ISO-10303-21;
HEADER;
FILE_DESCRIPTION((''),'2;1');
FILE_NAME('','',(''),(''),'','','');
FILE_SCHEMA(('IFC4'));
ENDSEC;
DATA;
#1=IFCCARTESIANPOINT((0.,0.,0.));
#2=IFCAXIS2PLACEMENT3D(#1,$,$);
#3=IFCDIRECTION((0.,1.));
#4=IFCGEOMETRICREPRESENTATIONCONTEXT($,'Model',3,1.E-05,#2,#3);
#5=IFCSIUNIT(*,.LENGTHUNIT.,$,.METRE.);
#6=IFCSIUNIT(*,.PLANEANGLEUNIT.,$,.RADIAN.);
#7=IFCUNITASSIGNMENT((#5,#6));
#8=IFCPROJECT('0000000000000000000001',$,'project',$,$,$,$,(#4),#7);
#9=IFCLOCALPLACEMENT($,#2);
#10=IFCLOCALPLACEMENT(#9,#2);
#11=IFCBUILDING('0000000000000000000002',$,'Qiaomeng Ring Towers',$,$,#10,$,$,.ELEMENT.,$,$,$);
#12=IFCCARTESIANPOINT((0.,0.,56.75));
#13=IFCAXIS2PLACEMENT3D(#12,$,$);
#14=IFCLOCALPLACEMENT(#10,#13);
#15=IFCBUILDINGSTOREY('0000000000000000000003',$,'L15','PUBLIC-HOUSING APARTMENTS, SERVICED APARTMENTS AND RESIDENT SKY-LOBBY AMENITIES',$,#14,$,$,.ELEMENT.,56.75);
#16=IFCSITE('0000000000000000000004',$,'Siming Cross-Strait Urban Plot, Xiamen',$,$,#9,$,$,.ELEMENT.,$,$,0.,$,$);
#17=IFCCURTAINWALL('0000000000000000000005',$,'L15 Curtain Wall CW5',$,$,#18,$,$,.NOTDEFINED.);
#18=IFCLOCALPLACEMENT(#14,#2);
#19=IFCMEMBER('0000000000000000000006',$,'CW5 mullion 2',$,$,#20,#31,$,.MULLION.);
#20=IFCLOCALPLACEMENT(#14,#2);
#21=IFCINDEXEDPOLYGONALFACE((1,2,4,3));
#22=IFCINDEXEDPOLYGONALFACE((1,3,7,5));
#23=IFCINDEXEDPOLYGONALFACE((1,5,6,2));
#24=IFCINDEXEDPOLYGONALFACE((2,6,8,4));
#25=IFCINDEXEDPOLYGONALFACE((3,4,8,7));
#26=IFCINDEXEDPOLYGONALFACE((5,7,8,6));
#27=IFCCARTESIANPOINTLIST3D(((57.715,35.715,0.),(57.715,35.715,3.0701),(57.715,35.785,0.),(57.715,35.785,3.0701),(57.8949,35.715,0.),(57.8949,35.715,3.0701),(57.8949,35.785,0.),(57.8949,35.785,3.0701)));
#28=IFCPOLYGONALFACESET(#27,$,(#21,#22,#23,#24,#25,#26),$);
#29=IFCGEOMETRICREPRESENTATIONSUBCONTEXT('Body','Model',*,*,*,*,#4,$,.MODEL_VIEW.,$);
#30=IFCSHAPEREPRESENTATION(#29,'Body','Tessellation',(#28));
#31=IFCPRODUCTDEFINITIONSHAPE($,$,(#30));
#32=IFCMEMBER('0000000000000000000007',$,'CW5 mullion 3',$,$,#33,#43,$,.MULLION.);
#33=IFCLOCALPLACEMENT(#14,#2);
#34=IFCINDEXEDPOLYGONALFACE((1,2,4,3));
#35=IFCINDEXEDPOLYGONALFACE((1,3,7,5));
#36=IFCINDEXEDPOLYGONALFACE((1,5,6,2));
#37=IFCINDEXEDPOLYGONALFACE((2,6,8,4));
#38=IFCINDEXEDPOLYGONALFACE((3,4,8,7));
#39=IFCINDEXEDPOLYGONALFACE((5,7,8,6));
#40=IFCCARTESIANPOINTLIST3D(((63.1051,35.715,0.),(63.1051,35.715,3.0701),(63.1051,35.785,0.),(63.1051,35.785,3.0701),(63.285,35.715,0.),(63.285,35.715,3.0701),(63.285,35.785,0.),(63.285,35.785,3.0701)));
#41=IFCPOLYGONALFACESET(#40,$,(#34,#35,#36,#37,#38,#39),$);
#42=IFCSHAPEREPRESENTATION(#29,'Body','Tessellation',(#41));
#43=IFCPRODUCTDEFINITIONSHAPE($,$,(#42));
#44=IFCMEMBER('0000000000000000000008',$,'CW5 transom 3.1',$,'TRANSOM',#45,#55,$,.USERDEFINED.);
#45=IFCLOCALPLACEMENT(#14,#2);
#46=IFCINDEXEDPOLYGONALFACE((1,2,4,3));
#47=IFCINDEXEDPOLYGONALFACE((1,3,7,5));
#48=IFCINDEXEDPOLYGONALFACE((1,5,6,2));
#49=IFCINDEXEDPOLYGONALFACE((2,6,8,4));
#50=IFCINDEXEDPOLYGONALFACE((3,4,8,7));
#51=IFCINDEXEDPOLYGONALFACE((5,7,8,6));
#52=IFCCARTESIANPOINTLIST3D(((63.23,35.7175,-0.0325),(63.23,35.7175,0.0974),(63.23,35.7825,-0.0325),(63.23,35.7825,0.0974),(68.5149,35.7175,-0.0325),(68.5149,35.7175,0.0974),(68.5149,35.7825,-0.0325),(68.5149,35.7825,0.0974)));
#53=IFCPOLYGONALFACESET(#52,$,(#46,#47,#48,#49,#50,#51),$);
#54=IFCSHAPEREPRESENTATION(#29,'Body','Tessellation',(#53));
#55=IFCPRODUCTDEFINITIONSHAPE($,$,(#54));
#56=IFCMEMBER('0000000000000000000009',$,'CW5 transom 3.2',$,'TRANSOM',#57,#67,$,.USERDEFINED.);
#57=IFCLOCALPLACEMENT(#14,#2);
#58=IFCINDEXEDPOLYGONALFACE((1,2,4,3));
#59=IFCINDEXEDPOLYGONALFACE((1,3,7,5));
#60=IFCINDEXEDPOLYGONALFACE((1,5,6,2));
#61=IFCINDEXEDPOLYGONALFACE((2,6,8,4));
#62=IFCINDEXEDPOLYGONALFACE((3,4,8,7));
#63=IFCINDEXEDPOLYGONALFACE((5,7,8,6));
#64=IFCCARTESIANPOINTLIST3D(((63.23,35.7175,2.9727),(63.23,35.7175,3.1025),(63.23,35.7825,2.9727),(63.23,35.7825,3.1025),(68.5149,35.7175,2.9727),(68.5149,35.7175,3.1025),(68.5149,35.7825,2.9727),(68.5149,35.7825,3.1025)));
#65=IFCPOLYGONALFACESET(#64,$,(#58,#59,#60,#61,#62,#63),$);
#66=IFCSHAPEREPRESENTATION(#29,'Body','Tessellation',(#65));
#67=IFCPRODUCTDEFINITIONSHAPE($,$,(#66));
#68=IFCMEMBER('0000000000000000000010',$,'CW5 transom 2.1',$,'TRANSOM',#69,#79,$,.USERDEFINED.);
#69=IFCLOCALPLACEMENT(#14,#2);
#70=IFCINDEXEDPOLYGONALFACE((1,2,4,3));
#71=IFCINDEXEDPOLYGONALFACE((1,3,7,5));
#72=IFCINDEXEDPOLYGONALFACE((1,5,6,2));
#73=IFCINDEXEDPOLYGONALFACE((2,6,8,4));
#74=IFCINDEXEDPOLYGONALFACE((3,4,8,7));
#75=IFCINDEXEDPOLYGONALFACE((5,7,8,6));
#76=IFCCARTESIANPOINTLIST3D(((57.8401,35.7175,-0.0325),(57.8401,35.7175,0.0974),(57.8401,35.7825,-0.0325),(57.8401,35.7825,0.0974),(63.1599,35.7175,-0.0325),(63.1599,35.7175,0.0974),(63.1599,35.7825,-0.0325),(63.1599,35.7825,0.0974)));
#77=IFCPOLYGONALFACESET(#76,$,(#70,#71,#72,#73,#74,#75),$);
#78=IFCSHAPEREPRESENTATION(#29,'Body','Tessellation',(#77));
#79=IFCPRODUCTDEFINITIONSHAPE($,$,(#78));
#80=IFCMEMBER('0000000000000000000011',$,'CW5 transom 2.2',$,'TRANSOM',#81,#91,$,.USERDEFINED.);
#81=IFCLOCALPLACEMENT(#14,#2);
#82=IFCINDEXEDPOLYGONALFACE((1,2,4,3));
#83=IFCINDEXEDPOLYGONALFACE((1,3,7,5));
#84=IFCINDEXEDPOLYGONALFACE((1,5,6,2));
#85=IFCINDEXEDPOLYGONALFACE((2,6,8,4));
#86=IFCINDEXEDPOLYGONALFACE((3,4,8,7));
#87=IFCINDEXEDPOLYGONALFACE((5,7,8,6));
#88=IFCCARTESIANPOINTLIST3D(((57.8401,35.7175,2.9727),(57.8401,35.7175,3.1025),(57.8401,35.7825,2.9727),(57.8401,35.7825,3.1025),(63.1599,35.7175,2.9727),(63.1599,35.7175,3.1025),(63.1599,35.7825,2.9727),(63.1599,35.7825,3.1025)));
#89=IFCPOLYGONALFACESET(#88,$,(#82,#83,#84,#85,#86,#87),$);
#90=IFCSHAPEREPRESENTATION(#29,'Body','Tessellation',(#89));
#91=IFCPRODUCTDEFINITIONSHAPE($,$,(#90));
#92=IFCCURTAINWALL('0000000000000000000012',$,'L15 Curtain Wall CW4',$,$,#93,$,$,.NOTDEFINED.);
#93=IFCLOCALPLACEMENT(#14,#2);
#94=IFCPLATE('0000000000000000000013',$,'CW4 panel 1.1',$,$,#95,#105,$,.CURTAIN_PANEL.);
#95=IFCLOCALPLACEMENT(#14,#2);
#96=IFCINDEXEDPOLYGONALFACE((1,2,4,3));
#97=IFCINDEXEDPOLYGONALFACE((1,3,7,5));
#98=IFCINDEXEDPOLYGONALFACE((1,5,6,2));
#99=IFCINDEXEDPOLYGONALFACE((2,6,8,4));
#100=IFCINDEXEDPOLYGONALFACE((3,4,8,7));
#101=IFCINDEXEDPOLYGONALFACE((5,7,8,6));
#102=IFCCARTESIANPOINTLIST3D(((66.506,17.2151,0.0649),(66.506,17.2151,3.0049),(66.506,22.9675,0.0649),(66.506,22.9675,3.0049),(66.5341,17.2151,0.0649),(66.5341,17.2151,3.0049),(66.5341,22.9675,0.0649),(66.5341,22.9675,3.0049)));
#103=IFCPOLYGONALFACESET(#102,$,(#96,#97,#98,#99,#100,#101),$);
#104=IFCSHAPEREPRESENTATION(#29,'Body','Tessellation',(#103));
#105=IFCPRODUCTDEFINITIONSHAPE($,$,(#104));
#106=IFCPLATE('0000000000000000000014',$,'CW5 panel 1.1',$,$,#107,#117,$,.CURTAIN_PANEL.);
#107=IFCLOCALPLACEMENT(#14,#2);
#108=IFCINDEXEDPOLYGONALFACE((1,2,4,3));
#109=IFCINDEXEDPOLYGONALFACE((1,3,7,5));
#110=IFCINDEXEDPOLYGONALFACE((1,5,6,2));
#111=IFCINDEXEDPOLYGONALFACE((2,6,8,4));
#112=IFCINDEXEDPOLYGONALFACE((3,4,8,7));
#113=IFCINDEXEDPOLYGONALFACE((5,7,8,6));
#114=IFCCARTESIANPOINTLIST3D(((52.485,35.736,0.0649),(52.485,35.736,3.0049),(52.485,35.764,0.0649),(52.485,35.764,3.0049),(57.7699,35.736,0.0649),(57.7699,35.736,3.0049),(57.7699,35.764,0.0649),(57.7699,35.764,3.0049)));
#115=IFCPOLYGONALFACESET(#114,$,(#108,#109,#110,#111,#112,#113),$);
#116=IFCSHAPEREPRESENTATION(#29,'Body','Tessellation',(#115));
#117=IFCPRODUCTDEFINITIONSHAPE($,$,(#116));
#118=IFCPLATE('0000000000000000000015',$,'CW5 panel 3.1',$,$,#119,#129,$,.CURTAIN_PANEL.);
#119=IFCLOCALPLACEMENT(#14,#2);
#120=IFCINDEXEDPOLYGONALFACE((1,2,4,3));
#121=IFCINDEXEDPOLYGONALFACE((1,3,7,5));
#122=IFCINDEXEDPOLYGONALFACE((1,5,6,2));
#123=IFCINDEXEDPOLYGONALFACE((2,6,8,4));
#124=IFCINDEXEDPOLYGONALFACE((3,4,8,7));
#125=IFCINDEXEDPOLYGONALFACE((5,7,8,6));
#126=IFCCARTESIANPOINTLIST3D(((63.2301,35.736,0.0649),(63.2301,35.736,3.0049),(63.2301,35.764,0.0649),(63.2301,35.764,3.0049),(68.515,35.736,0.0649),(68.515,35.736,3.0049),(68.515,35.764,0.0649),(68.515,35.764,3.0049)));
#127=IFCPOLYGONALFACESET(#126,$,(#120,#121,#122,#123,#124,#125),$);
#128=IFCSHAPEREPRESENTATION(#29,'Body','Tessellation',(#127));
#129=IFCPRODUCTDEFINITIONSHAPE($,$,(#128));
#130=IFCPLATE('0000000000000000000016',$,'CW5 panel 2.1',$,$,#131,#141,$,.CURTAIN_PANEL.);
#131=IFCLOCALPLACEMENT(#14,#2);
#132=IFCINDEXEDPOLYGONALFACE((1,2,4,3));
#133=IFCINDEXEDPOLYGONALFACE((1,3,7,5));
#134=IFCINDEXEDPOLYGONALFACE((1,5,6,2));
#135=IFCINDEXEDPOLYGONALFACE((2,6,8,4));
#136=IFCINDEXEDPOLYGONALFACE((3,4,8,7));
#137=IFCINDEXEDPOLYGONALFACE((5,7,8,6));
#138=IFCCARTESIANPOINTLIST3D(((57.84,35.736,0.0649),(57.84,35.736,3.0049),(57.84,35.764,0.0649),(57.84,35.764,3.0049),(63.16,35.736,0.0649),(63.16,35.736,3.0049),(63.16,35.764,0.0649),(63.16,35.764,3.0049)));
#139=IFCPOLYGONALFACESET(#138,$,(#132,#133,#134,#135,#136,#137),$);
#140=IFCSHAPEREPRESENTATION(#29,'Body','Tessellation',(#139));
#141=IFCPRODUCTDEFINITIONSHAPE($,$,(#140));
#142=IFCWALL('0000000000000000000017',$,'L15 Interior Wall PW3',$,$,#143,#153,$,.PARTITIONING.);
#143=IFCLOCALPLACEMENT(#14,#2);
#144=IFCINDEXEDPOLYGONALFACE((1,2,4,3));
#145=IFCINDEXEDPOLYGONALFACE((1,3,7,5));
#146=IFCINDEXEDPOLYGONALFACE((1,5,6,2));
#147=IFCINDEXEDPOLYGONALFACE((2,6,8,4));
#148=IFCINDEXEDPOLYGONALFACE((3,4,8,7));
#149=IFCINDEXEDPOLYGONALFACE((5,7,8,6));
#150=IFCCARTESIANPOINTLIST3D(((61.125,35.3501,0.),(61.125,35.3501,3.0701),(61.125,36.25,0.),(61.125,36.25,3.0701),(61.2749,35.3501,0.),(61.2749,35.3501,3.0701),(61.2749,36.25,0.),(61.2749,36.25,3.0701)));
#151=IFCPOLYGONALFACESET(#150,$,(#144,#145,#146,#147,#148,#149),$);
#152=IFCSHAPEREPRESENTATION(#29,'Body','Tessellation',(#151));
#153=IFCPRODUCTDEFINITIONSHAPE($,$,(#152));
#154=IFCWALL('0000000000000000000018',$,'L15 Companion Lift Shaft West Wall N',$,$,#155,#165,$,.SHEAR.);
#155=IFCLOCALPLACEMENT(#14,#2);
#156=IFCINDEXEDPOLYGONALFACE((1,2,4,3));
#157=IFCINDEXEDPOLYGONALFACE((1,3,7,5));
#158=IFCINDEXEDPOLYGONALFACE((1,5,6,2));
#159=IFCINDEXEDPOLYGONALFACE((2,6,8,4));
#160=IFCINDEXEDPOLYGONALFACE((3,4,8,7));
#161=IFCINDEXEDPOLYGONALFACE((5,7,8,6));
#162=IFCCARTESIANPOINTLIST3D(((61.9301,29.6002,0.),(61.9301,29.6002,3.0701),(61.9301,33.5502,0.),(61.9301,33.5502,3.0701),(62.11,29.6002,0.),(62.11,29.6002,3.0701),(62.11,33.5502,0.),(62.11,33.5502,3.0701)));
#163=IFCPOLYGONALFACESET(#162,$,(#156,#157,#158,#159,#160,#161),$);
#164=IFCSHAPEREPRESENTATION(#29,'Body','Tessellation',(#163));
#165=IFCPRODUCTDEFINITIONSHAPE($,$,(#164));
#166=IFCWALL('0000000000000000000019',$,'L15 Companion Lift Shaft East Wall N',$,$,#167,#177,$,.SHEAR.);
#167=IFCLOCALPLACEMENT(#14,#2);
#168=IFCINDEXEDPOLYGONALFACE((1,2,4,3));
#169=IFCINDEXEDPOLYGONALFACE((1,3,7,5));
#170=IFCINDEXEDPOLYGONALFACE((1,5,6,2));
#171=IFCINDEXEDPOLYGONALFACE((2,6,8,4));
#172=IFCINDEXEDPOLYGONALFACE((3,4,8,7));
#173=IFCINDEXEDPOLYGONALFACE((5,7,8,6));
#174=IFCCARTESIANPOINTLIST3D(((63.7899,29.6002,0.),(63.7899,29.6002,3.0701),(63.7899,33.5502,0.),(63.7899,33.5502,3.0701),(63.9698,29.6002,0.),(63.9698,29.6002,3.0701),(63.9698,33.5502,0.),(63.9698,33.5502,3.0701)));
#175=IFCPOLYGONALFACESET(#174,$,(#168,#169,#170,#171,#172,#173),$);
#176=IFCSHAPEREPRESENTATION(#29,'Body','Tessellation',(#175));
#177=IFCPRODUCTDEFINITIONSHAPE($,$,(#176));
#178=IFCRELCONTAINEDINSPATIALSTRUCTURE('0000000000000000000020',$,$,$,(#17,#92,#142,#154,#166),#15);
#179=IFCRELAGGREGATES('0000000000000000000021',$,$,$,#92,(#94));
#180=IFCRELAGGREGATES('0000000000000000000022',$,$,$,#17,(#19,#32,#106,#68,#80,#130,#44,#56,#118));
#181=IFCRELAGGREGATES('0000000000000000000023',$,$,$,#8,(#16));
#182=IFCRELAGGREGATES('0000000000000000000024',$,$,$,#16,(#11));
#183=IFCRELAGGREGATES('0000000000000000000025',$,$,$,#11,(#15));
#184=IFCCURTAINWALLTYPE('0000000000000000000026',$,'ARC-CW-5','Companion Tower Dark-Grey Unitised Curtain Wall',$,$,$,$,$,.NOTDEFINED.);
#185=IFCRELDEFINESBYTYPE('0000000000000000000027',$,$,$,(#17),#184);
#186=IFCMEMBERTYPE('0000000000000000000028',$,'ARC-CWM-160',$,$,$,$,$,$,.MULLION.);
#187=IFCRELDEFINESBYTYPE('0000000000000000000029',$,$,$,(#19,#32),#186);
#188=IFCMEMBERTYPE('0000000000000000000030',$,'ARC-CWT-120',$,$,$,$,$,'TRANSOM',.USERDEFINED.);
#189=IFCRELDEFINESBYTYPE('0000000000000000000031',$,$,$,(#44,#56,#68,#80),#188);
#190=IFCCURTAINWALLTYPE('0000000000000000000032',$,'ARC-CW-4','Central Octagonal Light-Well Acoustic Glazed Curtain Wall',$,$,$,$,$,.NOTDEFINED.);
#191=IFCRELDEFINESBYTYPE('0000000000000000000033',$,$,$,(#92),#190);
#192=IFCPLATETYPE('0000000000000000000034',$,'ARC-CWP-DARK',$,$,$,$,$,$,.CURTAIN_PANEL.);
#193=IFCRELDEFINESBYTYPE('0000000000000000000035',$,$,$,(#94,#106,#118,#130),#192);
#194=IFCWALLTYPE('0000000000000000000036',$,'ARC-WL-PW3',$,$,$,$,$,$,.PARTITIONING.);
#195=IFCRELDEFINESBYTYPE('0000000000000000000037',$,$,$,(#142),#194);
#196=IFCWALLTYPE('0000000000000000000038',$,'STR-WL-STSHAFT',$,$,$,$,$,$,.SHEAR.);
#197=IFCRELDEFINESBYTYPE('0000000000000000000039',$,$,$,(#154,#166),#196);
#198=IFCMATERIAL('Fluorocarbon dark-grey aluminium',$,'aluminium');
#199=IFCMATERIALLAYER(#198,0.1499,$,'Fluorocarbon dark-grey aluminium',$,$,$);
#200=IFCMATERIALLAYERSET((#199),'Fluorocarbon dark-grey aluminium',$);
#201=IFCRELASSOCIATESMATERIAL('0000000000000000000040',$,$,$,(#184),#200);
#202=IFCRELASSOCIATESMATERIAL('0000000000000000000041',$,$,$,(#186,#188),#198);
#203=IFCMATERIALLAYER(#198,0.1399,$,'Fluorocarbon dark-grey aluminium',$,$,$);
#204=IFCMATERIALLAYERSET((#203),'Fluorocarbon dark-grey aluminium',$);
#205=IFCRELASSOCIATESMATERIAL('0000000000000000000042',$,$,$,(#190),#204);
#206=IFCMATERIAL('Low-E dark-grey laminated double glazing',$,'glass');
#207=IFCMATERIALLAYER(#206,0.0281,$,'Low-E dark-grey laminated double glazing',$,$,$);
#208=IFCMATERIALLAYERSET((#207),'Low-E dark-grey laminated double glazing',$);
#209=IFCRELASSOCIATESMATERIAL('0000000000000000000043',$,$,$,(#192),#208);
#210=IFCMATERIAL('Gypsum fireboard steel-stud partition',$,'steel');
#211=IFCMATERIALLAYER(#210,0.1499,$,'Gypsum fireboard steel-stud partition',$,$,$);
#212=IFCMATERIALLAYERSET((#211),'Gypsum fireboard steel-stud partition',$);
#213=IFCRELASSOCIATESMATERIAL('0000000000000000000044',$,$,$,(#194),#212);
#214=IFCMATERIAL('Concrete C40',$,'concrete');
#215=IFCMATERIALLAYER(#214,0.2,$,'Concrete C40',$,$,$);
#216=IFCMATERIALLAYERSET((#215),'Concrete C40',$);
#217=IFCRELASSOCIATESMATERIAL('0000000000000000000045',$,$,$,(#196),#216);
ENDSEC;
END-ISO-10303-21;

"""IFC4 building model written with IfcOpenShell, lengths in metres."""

from ifc_helpers import new_model, si_unit, direction, frame, frame_2d, origin, origin_2d, place, context, subcontext, project, spatial, rectangle, extrude, source, transform, mapped, material, layer, layer_set, material_profile, profile_set, type_object, element, aggregate, save


model = new_model("IFC4")

# Units and contexts
model_context = context("Model", 3, precision=1e-05, world=origin(), true_north=direction((0.0, 1.0)))
body_context = subcontext(model_context, "Body", "Model", "MODEL_VIEW")
ifc_project = project(units=[si_unit("LENGTHUNIT", "METRE"), si_unit("PLANEANGLEUNIT", "RADIAN")], contexts=[model_context])

# Site, building, storey
site_placement = place(None, origin())
site = spatial("IfcSite", under=ifc_project, at=site_placement, Name="Siming Cross-Strait Urban Plot, Xiamen", CompositionType="ELEMENT", RefElevation=0.0)
building_placement = place(site_placement, origin())
building = spatial("IfcBuilding", under=site, at=building_placement, Name="Qiaomeng Ring Towers", CompositionType="ELEMENT")
storey_placement = place(building_placement, frame((0.0, 0.0, 56.75)))
storey = spatial("IfcBuildingStorey", under=building, at=storey_placement, Name="L15", Description="PUBLIC-HOUSING APARTMENTS, SERVICED APARTMENTS AND RESIDENT SKY-LOBBY AMENITIES", CompositionType="ELEMENT", Elevation=56.75)

# Curtain wall, members
ifc_material_1 = material(Name="Fluorocarbon dark-grey aluminium", Category="aluminium")
ifc_layer_1 = layer(ifc_material_1, 0.1499, Name="Fluorocarbon dark-grey aluminium")
ifc_layer_set_1 = layer_set([ifc_layer_1], Name="Fluorocarbon dark-grey aluminium")
curtain_wall_type_1 = type_object("IfcCurtainWallType", Name="ARC-CW-5", Description="Companion Tower Dark-Grey Unitised Curtain Wall", PredefinedType="NOTDEFINED", material=ifc_layer_set_1)
curtain_wall_1_placement = place(storey_placement, origin())
curtain_wall_1 = element("IfcCurtainWall", 1, at=curtain_wall_1_placement, inside=storey, type_object=curtain_wall_type_1, Name="L15 Curtain Wall CW5", PredefinedType="NOTDEFINED")
ifc_material_profile_1 = material_profile(ifc_material_1, rectangle(XDim=0.0701, YDim=0.1799, at=origin_2d()), Name="ALU MULL 70x180")
ifc_profile_set_1 = profile_set([ifc_material_profile_1], Name="Fluorocarbon dark-grey aluminium")
member_type_1 = type_object("IfcMemberType", Name="ARC-CWM-160", PredefinedType="MULLION", material=ifc_profile_set_1)
shared_shape_1 = source(origin(), body_context, "Body", "SweptSolid", [
    extrude(rectangle(XDim=0.0701, YDim=0.1799, at=origin_2d()), origin(), (0.0, 0.0, 1.0), 3.0701),
])
member_1_placement = place(storey_placement, frame((57.8049, 35.75, 0.0), z_axis=(0.0, 0.0, 1.0), x_axis=(0.0, 1.0, 0.0)))
member_1 = element("IfcMember", 2, at=member_1_placement, type_object=member_type_1, Name="CW5 mullion 2", PredefinedType="MULLION", context=body_context, shape_type="MappedRepresentation", body=[
    mapped(shared_shape_1, transform((0.0, 0.0, 0.0), x_axis=(1.0, 0.0, 0.0), y_axis=(0.0, 1.0, 0.0), z_axis=(0.0, 0.0, 1.0), scale=1.0)),
])
member_2_placement = place(storey_placement, frame((63.1951, 35.75, 0.0), z_axis=(0.0, 0.0, 1.0), x_axis=(0.0, 1.0, 0.0)))
member_2 = element("IfcMember", 3, at=member_2_placement, type_object=member_type_1, Name="CW5 mullion 3", PredefinedType="MULLION", context=body_context, shape_type="MappedRepresentation", body=[
    mapped(shared_shape_1, transform((0.0, 0.0, 0.0), x_axis=(1.0, 0.0, 0.0), y_axis=(0.0, 1.0, 0.0), z_axis=(0.0, 0.0, 1.0), scale=1.0)),
])
ifc_material_profile_2 = material_profile(ifc_material_1, rectangle(XDim=0.0649, YDim=0.1299, at=origin_2d()), Name="ALU TRAN 65x130")
ifc_profile_set_2 = profile_set([ifc_material_profile_2], Name="Fluorocarbon dark-grey aluminium")
member_type_2 = type_object("IfcMemberType", Name="ARC-CWT-120", ElementType="TRANSOM", PredefinedType="USERDEFINED", material=ifc_profile_set_2)
shared_shape_2 = source(origin(), body_context, "Body", "SweptSolid", [
    extrude(rectangle(XDim=0.0649, YDim=0.1299, at=origin_2d()), origin(), (0.0, 0.0, 1.0), 5.2849),
])
member_3_placement = place(storey_placement, frame((63.23, 35.75, 0.0325), z_axis=(1.0, 0.0, 0.0), x_axis=(0.0, 1.0, 0.0)))
member_3 = element("IfcMember", 4, at=member_3_placement, type_object=member_type_2, Name="CW5 transom 3.1", ObjectType="TRANSOM", PredefinedType="USERDEFINED", context=body_context, shape_type="MappedRepresentation", body=[
    mapped(shared_shape_2, transform((0.0, 0.0, 0.0), x_axis=(1.0, 0.0, 0.0), y_axis=(0.0, 1.0, 0.0), z_axis=(0.0, 0.0, 1.0), scale=1.0)),
])
member_4_placement = place(storey_placement, frame((63.23, 35.75, 3.0376), z_axis=(1.0, 0.0, 0.0), x_axis=(0.0, 1.0, 0.0)))
member_4 = element("IfcMember", 5, at=member_4_placement, type_object=member_type_2, Name="CW5 transom 3.2", ObjectType="TRANSOM", PredefinedType="USERDEFINED", context=body_context, shape_type="MappedRepresentation", body=[
    mapped(shared_shape_2, transform((0.0, 0.0, 0.0), x_axis=(1.0, 0.0, 0.0), y_axis=(0.0, 1.0, 0.0), z_axis=(0.0, 0.0, 1.0), scale=1.0)),
])
shared_shape_3 = source(origin(), body_context, "Body", "SweptSolid", [
    extrude(rectangle(XDim=0.0649, YDim=0.1299, at=origin_2d()), origin(), (0.0, 0.0, 1.0), 5.3198),
])
member_5_placement = place(storey_placement, frame((57.8401, 35.75, 0.0325), z_axis=(1.0, 0.0, 0.0), x_axis=(0.0, 1.0, 0.0)))
member_5 = element("IfcMember", 6, at=member_5_placement, type_object=member_type_2, Name="CW5 transom 2.1", ObjectType="TRANSOM", PredefinedType="USERDEFINED", context=body_context, shape_type="MappedRepresentation", body=[
    mapped(shared_shape_3, transform((0.0, 0.0, 0.0), x_axis=(1.0, 0.0, 0.0), y_axis=(0.0, 1.0, 0.0), z_axis=(0.0, 0.0, 1.0), scale=1.0)),
])
member_6_placement = place(storey_placement, frame((57.8401, 35.75, 3.0376), z_axis=(1.0, 0.0, 0.0), x_axis=(0.0, 1.0, 0.0)))
member_6 = element("IfcMember", 7, at=member_6_placement, type_object=member_type_2, Name="CW5 transom 2.2", ObjectType="TRANSOM", PredefinedType="USERDEFINED", context=body_context, shape_type="MappedRepresentation", body=[
    mapped(shared_shape_3, transform((0.0, 0.0, 0.0), x_axis=(1.0, 0.0, 0.0), y_axis=(0.0, 1.0, 0.0), z_axis=(0.0, 0.0, 1.0), scale=1.0)),
])

# Curtain wall, plate
ifc_layer_2 = layer(ifc_material_1, 0.1399, Name="Fluorocarbon dark-grey aluminium")
ifc_layer_set_2 = layer_set([ifc_layer_2], Name="Fluorocarbon dark-grey aluminium")
curtain_wall_type_2 = type_object("IfcCurtainWallType", Name="ARC-CW-4", Description="Central Octagonal Light-Well Acoustic Glazed Curtain Wall", PredefinedType="NOTDEFINED", material=ifc_layer_set_2)
curtain_wall_2_placement = place(storey_placement, origin())
curtain_wall_2 = element("IfcCurtainWall", 8, at=curtain_wall_2_placement, inside=storey, type_object=curtain_wall_type_2, Name="L15 Curtain Wall CW4", PredefinedType="NOTDEFINED")
ifc_material_2 = material(Name="Low-E dark-grey laminated double glazing", Category="glass")
ifc_layer_3 = layer(ifc_material_2, 0.0281, Name="Low-E dark-grey laminated double glazing")
ifc_layer_set_3 = layer_set([ifc_layer_3], Name="Low-E dark-grey laminated double glazing")
plate_type = type_object("IfcPlateType", Name="ARC-CWP-DARK", PredefinedType="CURTAIN_PANEL", material=ifc_layer_set_3)
shared_shape_4 = source(origin(), body_context, "Body", "SweptSolid", [
    extrude(rectangle(XDim=5.7524, YDim=0.0281, at=origin_2d()), origin(), (0.0, 0.0, 1.0), 2.9399),
])
plate_1_placement = place(storey_placement, frame((66.52, 20.0913, 0.0649), z_axis=(0.0, 0.0, 1.0), x_axis=(0.0, 1.0, 0.0)))
plate_1 = element("IfcPlate", 9, at=plate_1_placement, type_object=plate_type, Name="CW4 panel 1.1", PredefinedType="CURTAIN_PANEL", context=body_context, shape_type="MappedRepresentation", body=[
    mapped(shared_shape_4, transform((0.0, 0.0, 0.0), x_axis=(1.0, 0.0, 0.0), y_axis=(0.0, 1.0, 0.0), z_axis=(0.0, 0.0, 1.0), scale=1.0)),
])
aggregate(curtain_wall_2, [plate_1])

# Plates
shared_shape_5 = source(origin(), body_context, "Body", "SweptSolid", [
    extrude(rectangle(XDim=5.2849, YDim=0.0281, at=origin_2d()), origin(), (0.0, 0.0, 1.0), 2.9399),
])
plate_2_placement = place(storey_placement, frame((55.1274, 35.75, 0.0649), z_axis=(0.0, 0.0, 1.0), x_axis=(1.0, 0.0, 0.0)))
plate_2 = element("IfcPlate", 10, at=plate_2_placement, type_object=plate_type, Name="CW5 panel 1.1", PredefinedType="CURTAIN_PANEL", context=body_context, shape_type="MappedRepresentation", body=[
    mapped(shared_shape_5, transform((0.0, 0.0, 0.0), x_axis=(1.0, 0.0, 0.0), y_axis=(0.0, 1.0, 0.0), z_axis=(0.0, 0.0, 1.0), scale=1.0)),
])
plate_3_placement = place(storey_placement, frame((65.8726, 35.75, 0.0649), z_axis=(0.0, 0.0, 1.0), x_axis=(1.0, 0.0, 0.0)))
plate_3 = element("IfcPlate", 11, at=plate_3_placement, type_object=plate_type, Name="CW5 panel 3.1", PredefinedType="CURTAIN_PANEL", context=body_context, shape_type="MappedRepresentation", body=[
    mapped(shared_shape_5, transform((0.0, 0.0, 0.0), x_axis=(1.0, 0.0, 0.0), y_axis=(0.0, 1.0, 0.0), z_axis=(0.0, 0.0, 1.0), scale=1.0)),
])
shared_shape_6 = source(origin(), body_context, "Body", "SweptSolid", [
    extrude(rectangle(XDim=5.3201, YDim=0.0281, at=origin_2d()), origin(), (0.0, 0.0, 1.0), 2.9399),
])
plate_4_placement = place(storey_placement, frame((60.5, 35.75, 0.0649), z_axis=(0.0, 0.0, 1.0), x_axis=(1.0, 0.0, 0.0)))
plate_4 = element("IfcPlate", 12, at=plate_4_placement, type_object=plate_type, Name="CW5 panel 2.1", PredefinedType="CURTAIN_PANEL", context=body_context, shape_type="MappedRepresentation", body=[
    mapped(shared_shape_6, transform((0.0, 0.0, 0.0), x_axis=(1.0, 0.0, 0.0), y_axis=(0.0, 1.0, 0.0), z_axis=(0.0, 0.0, 1.0), scale=1.0)),
])
aggregate(curtain_wall_1, [member_1, member_2, plate_2, member_5, member_6, plate_4, member_3, member_4, plate_3])

# Walls
ifc_material_3 = material(Name="Gypsum fireboard steel-stud partition", Category="steel")
ifc_layer_4 = layer(ifc_material_3, 0.1499, Name="Gypsum fireboard steel-stud partition")
ifc_layer_set_4 = layer_set([ifc_layer_4], Name="Gypsum fireboard steel-stud partition")
wall_type_1 = type_object("IfcWallType", Name="ARC-WL-PW3", PredefinedType="PARTITIONING", material=ifc_layer_set_4)
wall_1_placement = place(storey_placement, frame((61.2, 35.3501, 0.0), z_axis=(0.0, 0.0, 1.0), x_axis=(0.0, 1.0, 0.0)))
element("IfcWall", 13, at=wall_1_placement, inside=storey, type_object=wall_type_1, Name="L15 Interior Wall PW3", PredefinedType="PARTITIONING", context=body_context, shape_type="SweptSolid", body=[
    extrude(rectangle(XDim=0.8999, YDim=0.1499, at=frame_2d((0.45, 0.0))), origin(), (0.0, 0.0, 1.0), 3.0701),
])
ifc_material_4 = material(Name="Concrete C40", Category="concrete")
ifc_layer_5 = layer(ifc_material_4, 0.2, Name="Concrete C40")
ifc_layer_set_5 = layer_set([ifc_layer_5], Name="Concrete C40")
wall_type_2 = type_object("IfcWallType", Name="STR-WL-STSHAFT", PredefinedType="SHEAR", material=ifc_layer_set_5)
for number, where, z_axis, x_axis, name in (
    (14, (62.02, 29.6001, 0.0), (0.0, 0.0, 1.0), (0.0, 1.0, 0.0), "L15 Companion Lift Shaft West Wall N"),
    (15, (63.8799, 29.6001, 0.0), (0.0, 0.0, 1.0), (0.0, 1.0, 0.0), "L15 Companion Lift Shaft East Wall N"),
):
    element("IfcWall", number, at=place(storey_placement, frame(where, z_axis=z_axis, x_axis=x_axis)), inside=storey, type_object=wall_type_2, Name=name, PredefinedType="SHEAR", context=body_context, shape_type="SweptSolid", body=[
        extrude(rectangle(XDim=3.95, YDim=0.1799, at=frame_2d((1.9751, 0.0))), origin(), (0.0, 0.0, 1.0), 3.0701),
    ])

save(model, "model.ifc")
